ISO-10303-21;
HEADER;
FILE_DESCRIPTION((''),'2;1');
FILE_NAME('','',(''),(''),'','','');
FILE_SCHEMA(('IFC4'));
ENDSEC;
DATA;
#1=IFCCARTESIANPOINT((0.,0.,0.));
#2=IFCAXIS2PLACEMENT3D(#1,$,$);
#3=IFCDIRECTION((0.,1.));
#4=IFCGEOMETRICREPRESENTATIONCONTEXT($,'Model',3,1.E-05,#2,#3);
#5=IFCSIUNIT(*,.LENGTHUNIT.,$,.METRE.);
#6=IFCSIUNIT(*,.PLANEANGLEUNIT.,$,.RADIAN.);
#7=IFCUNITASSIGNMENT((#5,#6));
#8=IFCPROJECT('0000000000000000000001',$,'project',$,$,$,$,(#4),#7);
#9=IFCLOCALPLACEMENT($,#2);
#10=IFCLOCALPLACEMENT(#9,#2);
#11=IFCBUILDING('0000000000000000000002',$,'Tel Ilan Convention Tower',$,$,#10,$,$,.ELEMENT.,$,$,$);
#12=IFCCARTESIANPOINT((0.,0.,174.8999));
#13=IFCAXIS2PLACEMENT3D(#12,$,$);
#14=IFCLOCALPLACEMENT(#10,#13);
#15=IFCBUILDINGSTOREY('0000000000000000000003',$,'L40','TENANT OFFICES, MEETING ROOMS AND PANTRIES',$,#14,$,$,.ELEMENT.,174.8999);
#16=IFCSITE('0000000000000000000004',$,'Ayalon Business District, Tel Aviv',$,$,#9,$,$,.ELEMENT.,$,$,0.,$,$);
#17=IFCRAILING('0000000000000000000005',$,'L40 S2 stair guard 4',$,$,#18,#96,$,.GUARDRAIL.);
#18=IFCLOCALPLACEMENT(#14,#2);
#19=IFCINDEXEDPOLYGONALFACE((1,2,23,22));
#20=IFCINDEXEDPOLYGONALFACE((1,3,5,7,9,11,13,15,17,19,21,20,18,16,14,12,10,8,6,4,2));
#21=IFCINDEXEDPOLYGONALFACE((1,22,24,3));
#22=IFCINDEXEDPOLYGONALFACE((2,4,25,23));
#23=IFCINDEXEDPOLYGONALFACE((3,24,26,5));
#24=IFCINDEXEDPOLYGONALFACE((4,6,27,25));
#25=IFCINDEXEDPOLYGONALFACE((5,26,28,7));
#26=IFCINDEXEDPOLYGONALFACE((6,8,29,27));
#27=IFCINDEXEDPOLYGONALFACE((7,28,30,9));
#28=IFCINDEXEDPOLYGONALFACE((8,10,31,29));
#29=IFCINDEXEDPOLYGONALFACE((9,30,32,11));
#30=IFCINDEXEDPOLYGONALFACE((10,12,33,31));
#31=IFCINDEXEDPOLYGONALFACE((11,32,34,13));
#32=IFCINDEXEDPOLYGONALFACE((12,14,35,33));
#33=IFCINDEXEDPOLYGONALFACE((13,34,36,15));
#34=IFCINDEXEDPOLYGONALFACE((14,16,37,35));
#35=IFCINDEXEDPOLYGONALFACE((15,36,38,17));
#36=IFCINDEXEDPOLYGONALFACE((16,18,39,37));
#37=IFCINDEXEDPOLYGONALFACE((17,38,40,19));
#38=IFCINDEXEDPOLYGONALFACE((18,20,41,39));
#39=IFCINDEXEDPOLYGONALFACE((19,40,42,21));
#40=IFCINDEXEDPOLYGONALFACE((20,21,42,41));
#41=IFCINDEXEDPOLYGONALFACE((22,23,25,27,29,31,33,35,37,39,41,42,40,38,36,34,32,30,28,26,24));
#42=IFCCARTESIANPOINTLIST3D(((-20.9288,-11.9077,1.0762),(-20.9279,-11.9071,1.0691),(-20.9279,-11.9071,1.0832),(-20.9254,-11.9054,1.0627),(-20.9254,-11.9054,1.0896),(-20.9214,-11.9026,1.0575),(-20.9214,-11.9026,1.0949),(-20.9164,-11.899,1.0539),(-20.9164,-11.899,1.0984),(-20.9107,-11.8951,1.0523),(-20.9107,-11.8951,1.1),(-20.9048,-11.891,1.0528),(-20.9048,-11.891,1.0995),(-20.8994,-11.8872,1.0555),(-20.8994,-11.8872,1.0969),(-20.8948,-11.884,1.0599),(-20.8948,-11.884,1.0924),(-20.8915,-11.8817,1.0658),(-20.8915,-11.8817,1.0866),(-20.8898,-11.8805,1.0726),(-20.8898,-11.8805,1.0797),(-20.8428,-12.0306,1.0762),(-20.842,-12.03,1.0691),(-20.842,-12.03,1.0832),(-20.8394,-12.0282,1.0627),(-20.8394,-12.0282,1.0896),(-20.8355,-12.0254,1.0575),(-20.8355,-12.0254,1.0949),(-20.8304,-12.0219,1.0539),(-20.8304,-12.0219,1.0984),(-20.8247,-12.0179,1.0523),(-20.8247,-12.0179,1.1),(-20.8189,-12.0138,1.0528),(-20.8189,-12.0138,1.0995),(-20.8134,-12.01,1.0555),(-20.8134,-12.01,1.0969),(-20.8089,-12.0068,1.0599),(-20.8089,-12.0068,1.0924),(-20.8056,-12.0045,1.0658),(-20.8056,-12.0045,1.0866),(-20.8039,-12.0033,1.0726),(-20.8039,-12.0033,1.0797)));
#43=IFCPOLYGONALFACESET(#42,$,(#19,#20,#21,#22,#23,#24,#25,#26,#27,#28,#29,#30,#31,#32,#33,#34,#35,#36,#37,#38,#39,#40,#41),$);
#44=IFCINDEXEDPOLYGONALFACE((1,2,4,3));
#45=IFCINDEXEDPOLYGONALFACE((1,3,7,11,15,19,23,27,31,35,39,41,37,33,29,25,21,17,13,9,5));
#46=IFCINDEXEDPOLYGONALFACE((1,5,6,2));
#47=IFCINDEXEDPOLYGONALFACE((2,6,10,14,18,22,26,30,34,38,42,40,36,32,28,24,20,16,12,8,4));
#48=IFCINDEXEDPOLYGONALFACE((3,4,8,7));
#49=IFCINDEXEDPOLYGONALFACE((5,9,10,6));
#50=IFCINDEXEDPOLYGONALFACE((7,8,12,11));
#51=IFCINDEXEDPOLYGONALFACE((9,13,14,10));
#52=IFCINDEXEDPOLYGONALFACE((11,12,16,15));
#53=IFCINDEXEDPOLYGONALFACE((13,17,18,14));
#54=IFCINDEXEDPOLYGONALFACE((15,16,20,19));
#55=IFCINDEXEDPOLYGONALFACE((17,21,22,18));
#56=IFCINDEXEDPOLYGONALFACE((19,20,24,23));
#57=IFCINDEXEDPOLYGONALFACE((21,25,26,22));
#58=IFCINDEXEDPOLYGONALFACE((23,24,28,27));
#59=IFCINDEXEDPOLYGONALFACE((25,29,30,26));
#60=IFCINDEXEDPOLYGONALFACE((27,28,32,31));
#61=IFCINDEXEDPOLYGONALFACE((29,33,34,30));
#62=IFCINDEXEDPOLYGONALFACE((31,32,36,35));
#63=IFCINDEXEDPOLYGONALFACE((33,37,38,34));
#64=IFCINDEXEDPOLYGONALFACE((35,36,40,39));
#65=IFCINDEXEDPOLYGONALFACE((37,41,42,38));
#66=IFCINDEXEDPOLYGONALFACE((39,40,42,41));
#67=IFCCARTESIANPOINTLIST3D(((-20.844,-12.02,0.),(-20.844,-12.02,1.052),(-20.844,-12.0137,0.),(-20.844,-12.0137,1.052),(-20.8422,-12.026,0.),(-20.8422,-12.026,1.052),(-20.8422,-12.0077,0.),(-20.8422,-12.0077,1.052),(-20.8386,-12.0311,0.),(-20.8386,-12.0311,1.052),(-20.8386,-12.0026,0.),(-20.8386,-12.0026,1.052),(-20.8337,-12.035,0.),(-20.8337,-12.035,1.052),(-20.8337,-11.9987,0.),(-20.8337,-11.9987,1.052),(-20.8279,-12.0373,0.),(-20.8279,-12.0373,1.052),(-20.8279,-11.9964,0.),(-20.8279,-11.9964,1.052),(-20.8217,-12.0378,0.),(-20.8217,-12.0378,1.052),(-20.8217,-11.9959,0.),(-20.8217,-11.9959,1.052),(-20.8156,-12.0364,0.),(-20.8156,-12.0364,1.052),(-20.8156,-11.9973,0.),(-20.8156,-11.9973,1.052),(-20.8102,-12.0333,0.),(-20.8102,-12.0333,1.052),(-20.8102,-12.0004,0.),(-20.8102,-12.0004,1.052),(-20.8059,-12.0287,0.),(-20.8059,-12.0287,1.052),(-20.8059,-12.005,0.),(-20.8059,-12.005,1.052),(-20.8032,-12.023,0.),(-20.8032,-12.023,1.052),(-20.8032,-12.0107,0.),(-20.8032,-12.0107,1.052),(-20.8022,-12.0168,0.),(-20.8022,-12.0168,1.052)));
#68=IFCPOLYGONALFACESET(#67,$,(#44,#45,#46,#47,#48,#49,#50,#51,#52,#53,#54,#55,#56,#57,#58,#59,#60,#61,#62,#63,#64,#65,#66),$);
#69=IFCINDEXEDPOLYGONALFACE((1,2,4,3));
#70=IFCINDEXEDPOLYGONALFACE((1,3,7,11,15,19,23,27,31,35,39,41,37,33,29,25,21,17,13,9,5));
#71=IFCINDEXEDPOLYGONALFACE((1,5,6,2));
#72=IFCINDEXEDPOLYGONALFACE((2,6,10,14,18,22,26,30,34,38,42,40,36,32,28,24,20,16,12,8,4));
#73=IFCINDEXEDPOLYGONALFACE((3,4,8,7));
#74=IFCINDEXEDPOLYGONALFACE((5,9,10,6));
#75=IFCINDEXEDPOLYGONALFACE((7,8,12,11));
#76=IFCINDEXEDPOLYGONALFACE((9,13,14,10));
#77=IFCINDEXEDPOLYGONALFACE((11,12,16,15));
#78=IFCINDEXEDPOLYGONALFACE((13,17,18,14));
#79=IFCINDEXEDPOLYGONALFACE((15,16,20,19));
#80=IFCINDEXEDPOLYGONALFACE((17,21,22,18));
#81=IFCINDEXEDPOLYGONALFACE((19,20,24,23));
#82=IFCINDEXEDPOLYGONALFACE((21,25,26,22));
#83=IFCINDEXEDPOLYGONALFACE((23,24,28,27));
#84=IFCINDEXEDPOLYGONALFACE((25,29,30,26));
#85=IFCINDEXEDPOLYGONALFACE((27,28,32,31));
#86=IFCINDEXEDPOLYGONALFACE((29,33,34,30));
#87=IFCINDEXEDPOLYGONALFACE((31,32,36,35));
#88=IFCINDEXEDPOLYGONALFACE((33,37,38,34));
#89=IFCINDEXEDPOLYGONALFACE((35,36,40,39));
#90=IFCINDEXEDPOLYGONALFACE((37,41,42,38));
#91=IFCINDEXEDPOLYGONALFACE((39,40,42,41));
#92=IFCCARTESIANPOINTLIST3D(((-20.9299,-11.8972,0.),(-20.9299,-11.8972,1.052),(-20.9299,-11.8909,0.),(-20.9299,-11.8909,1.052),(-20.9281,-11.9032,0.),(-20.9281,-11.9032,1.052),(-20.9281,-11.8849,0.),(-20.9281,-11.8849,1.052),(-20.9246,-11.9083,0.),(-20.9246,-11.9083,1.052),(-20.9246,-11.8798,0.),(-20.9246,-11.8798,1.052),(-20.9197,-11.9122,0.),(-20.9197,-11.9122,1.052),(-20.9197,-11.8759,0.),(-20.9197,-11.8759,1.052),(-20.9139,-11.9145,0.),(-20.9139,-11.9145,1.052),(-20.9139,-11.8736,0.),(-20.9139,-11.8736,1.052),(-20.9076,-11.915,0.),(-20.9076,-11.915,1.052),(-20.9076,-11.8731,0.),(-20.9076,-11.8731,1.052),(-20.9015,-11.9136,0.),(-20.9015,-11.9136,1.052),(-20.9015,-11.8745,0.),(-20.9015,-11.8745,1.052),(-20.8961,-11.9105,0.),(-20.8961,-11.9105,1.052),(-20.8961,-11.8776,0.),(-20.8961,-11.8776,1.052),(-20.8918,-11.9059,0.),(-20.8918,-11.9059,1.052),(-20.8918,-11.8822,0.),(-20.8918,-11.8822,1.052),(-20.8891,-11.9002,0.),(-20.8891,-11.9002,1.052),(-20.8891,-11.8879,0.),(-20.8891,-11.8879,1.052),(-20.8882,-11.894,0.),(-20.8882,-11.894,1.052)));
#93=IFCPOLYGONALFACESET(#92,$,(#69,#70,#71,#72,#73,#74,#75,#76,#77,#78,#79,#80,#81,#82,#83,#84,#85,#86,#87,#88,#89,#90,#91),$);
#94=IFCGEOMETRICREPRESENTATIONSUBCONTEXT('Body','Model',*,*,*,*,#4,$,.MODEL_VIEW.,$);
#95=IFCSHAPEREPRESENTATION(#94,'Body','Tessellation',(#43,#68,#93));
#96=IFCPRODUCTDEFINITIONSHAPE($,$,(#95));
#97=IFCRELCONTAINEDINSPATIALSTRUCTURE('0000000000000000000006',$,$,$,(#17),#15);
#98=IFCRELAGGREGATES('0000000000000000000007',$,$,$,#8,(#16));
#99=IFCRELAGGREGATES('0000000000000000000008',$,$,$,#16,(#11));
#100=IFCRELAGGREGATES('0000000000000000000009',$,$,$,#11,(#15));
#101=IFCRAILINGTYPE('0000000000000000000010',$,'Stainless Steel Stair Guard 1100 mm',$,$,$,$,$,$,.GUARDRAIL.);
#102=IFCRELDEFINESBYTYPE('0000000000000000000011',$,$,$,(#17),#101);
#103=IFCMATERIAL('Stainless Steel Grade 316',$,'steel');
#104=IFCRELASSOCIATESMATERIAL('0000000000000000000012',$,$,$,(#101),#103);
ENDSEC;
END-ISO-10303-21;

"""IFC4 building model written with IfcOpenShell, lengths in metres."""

from ifc_helpers import new_model, si_unit, direction, frame, origin, origin_2d, place, context, subcontext, project, spatial, circle, extrude, material, type_object, element, save


model = new_model("IFC4")

# Units and contexts
model_context = context("Model", 3, precision=1e-05, world=origin(), true_north=direction((0.0, 1.0)))
body_context = subcontext(model_context, "Body", "Model", "MODEL_VIEW")
ifc_project = project(units=[si_unit("LENGTHUNIT", "METRE"), si_unit("PLANEANGLEUNIT", "RADIAN")], contexts=[model_context])

# Site, building, storey
site_placement = place(None, origin())
site = spatial("IfcSite", under=ifc_project, at=site_placement, Name="Ayalon Business District, Tel Aviv", CompositionType="ELEMENT", RefElevation=0.0)
building_placement = place(site_placement, origin())
building = spatial("IfcBuilding", under=site, at=building_placement, Name="Tel Ilan Convention Tower", CompositionType="ELEMENT")
storey_placement = place(building_placement, frame((0.0, 0.0, 174.8999)))
storey = spatial("IfcBuildingStorey", under=building, at=storey_placement, Name="L40", Description="TENANT OFFICES, MEETING ROOMS AND PANTRIES", CompositionType="ELEMENT", Elevation=174.8999)

# Railing
ifc_material_1 = material(Name="Stainless Steel Grade 316", Category="steel")
railing_type_1 = type_object("IfcRailingType", Name="Stainless Steel Stair Guard 1100 mm", PredefinedType="GUARDRAIL", material=ifc_material_1)
railing_1_placement = place(storey_placement, frame((-20.8232, -12.0168, 0.0)))
element("IfcRailing", 1, at=railing_1_placement, inside=storey, type_object=railing_type_1, Name="L40 S2 stair guard 4", PredefinedType="GUARDRAIL", context=body_context, shape_type="SweptSolid", body=[
    extrude(circle(Radius=0.0239, at=origin_2d()), frame((0.0, 0.0, 1.0762), z_axis=(-0.573353, 0.819308, 0.0), x_axis=(-0.819308, -0.573353, 0.0)), (0.0, 0.0, 1.0), 0.1499),
    extrude(circle(Radius=0.021, at=origin_2d()), origin(), (0.0, 0.0, 1.0), 1.052),
    extrude(circle(Radius=0.021, at=origin_2d()), frame((-0.0859, 0.1228, 0.0)), (0.0, 0.0, 1.0), 1.052),
])

save(model, "model.ifc")
